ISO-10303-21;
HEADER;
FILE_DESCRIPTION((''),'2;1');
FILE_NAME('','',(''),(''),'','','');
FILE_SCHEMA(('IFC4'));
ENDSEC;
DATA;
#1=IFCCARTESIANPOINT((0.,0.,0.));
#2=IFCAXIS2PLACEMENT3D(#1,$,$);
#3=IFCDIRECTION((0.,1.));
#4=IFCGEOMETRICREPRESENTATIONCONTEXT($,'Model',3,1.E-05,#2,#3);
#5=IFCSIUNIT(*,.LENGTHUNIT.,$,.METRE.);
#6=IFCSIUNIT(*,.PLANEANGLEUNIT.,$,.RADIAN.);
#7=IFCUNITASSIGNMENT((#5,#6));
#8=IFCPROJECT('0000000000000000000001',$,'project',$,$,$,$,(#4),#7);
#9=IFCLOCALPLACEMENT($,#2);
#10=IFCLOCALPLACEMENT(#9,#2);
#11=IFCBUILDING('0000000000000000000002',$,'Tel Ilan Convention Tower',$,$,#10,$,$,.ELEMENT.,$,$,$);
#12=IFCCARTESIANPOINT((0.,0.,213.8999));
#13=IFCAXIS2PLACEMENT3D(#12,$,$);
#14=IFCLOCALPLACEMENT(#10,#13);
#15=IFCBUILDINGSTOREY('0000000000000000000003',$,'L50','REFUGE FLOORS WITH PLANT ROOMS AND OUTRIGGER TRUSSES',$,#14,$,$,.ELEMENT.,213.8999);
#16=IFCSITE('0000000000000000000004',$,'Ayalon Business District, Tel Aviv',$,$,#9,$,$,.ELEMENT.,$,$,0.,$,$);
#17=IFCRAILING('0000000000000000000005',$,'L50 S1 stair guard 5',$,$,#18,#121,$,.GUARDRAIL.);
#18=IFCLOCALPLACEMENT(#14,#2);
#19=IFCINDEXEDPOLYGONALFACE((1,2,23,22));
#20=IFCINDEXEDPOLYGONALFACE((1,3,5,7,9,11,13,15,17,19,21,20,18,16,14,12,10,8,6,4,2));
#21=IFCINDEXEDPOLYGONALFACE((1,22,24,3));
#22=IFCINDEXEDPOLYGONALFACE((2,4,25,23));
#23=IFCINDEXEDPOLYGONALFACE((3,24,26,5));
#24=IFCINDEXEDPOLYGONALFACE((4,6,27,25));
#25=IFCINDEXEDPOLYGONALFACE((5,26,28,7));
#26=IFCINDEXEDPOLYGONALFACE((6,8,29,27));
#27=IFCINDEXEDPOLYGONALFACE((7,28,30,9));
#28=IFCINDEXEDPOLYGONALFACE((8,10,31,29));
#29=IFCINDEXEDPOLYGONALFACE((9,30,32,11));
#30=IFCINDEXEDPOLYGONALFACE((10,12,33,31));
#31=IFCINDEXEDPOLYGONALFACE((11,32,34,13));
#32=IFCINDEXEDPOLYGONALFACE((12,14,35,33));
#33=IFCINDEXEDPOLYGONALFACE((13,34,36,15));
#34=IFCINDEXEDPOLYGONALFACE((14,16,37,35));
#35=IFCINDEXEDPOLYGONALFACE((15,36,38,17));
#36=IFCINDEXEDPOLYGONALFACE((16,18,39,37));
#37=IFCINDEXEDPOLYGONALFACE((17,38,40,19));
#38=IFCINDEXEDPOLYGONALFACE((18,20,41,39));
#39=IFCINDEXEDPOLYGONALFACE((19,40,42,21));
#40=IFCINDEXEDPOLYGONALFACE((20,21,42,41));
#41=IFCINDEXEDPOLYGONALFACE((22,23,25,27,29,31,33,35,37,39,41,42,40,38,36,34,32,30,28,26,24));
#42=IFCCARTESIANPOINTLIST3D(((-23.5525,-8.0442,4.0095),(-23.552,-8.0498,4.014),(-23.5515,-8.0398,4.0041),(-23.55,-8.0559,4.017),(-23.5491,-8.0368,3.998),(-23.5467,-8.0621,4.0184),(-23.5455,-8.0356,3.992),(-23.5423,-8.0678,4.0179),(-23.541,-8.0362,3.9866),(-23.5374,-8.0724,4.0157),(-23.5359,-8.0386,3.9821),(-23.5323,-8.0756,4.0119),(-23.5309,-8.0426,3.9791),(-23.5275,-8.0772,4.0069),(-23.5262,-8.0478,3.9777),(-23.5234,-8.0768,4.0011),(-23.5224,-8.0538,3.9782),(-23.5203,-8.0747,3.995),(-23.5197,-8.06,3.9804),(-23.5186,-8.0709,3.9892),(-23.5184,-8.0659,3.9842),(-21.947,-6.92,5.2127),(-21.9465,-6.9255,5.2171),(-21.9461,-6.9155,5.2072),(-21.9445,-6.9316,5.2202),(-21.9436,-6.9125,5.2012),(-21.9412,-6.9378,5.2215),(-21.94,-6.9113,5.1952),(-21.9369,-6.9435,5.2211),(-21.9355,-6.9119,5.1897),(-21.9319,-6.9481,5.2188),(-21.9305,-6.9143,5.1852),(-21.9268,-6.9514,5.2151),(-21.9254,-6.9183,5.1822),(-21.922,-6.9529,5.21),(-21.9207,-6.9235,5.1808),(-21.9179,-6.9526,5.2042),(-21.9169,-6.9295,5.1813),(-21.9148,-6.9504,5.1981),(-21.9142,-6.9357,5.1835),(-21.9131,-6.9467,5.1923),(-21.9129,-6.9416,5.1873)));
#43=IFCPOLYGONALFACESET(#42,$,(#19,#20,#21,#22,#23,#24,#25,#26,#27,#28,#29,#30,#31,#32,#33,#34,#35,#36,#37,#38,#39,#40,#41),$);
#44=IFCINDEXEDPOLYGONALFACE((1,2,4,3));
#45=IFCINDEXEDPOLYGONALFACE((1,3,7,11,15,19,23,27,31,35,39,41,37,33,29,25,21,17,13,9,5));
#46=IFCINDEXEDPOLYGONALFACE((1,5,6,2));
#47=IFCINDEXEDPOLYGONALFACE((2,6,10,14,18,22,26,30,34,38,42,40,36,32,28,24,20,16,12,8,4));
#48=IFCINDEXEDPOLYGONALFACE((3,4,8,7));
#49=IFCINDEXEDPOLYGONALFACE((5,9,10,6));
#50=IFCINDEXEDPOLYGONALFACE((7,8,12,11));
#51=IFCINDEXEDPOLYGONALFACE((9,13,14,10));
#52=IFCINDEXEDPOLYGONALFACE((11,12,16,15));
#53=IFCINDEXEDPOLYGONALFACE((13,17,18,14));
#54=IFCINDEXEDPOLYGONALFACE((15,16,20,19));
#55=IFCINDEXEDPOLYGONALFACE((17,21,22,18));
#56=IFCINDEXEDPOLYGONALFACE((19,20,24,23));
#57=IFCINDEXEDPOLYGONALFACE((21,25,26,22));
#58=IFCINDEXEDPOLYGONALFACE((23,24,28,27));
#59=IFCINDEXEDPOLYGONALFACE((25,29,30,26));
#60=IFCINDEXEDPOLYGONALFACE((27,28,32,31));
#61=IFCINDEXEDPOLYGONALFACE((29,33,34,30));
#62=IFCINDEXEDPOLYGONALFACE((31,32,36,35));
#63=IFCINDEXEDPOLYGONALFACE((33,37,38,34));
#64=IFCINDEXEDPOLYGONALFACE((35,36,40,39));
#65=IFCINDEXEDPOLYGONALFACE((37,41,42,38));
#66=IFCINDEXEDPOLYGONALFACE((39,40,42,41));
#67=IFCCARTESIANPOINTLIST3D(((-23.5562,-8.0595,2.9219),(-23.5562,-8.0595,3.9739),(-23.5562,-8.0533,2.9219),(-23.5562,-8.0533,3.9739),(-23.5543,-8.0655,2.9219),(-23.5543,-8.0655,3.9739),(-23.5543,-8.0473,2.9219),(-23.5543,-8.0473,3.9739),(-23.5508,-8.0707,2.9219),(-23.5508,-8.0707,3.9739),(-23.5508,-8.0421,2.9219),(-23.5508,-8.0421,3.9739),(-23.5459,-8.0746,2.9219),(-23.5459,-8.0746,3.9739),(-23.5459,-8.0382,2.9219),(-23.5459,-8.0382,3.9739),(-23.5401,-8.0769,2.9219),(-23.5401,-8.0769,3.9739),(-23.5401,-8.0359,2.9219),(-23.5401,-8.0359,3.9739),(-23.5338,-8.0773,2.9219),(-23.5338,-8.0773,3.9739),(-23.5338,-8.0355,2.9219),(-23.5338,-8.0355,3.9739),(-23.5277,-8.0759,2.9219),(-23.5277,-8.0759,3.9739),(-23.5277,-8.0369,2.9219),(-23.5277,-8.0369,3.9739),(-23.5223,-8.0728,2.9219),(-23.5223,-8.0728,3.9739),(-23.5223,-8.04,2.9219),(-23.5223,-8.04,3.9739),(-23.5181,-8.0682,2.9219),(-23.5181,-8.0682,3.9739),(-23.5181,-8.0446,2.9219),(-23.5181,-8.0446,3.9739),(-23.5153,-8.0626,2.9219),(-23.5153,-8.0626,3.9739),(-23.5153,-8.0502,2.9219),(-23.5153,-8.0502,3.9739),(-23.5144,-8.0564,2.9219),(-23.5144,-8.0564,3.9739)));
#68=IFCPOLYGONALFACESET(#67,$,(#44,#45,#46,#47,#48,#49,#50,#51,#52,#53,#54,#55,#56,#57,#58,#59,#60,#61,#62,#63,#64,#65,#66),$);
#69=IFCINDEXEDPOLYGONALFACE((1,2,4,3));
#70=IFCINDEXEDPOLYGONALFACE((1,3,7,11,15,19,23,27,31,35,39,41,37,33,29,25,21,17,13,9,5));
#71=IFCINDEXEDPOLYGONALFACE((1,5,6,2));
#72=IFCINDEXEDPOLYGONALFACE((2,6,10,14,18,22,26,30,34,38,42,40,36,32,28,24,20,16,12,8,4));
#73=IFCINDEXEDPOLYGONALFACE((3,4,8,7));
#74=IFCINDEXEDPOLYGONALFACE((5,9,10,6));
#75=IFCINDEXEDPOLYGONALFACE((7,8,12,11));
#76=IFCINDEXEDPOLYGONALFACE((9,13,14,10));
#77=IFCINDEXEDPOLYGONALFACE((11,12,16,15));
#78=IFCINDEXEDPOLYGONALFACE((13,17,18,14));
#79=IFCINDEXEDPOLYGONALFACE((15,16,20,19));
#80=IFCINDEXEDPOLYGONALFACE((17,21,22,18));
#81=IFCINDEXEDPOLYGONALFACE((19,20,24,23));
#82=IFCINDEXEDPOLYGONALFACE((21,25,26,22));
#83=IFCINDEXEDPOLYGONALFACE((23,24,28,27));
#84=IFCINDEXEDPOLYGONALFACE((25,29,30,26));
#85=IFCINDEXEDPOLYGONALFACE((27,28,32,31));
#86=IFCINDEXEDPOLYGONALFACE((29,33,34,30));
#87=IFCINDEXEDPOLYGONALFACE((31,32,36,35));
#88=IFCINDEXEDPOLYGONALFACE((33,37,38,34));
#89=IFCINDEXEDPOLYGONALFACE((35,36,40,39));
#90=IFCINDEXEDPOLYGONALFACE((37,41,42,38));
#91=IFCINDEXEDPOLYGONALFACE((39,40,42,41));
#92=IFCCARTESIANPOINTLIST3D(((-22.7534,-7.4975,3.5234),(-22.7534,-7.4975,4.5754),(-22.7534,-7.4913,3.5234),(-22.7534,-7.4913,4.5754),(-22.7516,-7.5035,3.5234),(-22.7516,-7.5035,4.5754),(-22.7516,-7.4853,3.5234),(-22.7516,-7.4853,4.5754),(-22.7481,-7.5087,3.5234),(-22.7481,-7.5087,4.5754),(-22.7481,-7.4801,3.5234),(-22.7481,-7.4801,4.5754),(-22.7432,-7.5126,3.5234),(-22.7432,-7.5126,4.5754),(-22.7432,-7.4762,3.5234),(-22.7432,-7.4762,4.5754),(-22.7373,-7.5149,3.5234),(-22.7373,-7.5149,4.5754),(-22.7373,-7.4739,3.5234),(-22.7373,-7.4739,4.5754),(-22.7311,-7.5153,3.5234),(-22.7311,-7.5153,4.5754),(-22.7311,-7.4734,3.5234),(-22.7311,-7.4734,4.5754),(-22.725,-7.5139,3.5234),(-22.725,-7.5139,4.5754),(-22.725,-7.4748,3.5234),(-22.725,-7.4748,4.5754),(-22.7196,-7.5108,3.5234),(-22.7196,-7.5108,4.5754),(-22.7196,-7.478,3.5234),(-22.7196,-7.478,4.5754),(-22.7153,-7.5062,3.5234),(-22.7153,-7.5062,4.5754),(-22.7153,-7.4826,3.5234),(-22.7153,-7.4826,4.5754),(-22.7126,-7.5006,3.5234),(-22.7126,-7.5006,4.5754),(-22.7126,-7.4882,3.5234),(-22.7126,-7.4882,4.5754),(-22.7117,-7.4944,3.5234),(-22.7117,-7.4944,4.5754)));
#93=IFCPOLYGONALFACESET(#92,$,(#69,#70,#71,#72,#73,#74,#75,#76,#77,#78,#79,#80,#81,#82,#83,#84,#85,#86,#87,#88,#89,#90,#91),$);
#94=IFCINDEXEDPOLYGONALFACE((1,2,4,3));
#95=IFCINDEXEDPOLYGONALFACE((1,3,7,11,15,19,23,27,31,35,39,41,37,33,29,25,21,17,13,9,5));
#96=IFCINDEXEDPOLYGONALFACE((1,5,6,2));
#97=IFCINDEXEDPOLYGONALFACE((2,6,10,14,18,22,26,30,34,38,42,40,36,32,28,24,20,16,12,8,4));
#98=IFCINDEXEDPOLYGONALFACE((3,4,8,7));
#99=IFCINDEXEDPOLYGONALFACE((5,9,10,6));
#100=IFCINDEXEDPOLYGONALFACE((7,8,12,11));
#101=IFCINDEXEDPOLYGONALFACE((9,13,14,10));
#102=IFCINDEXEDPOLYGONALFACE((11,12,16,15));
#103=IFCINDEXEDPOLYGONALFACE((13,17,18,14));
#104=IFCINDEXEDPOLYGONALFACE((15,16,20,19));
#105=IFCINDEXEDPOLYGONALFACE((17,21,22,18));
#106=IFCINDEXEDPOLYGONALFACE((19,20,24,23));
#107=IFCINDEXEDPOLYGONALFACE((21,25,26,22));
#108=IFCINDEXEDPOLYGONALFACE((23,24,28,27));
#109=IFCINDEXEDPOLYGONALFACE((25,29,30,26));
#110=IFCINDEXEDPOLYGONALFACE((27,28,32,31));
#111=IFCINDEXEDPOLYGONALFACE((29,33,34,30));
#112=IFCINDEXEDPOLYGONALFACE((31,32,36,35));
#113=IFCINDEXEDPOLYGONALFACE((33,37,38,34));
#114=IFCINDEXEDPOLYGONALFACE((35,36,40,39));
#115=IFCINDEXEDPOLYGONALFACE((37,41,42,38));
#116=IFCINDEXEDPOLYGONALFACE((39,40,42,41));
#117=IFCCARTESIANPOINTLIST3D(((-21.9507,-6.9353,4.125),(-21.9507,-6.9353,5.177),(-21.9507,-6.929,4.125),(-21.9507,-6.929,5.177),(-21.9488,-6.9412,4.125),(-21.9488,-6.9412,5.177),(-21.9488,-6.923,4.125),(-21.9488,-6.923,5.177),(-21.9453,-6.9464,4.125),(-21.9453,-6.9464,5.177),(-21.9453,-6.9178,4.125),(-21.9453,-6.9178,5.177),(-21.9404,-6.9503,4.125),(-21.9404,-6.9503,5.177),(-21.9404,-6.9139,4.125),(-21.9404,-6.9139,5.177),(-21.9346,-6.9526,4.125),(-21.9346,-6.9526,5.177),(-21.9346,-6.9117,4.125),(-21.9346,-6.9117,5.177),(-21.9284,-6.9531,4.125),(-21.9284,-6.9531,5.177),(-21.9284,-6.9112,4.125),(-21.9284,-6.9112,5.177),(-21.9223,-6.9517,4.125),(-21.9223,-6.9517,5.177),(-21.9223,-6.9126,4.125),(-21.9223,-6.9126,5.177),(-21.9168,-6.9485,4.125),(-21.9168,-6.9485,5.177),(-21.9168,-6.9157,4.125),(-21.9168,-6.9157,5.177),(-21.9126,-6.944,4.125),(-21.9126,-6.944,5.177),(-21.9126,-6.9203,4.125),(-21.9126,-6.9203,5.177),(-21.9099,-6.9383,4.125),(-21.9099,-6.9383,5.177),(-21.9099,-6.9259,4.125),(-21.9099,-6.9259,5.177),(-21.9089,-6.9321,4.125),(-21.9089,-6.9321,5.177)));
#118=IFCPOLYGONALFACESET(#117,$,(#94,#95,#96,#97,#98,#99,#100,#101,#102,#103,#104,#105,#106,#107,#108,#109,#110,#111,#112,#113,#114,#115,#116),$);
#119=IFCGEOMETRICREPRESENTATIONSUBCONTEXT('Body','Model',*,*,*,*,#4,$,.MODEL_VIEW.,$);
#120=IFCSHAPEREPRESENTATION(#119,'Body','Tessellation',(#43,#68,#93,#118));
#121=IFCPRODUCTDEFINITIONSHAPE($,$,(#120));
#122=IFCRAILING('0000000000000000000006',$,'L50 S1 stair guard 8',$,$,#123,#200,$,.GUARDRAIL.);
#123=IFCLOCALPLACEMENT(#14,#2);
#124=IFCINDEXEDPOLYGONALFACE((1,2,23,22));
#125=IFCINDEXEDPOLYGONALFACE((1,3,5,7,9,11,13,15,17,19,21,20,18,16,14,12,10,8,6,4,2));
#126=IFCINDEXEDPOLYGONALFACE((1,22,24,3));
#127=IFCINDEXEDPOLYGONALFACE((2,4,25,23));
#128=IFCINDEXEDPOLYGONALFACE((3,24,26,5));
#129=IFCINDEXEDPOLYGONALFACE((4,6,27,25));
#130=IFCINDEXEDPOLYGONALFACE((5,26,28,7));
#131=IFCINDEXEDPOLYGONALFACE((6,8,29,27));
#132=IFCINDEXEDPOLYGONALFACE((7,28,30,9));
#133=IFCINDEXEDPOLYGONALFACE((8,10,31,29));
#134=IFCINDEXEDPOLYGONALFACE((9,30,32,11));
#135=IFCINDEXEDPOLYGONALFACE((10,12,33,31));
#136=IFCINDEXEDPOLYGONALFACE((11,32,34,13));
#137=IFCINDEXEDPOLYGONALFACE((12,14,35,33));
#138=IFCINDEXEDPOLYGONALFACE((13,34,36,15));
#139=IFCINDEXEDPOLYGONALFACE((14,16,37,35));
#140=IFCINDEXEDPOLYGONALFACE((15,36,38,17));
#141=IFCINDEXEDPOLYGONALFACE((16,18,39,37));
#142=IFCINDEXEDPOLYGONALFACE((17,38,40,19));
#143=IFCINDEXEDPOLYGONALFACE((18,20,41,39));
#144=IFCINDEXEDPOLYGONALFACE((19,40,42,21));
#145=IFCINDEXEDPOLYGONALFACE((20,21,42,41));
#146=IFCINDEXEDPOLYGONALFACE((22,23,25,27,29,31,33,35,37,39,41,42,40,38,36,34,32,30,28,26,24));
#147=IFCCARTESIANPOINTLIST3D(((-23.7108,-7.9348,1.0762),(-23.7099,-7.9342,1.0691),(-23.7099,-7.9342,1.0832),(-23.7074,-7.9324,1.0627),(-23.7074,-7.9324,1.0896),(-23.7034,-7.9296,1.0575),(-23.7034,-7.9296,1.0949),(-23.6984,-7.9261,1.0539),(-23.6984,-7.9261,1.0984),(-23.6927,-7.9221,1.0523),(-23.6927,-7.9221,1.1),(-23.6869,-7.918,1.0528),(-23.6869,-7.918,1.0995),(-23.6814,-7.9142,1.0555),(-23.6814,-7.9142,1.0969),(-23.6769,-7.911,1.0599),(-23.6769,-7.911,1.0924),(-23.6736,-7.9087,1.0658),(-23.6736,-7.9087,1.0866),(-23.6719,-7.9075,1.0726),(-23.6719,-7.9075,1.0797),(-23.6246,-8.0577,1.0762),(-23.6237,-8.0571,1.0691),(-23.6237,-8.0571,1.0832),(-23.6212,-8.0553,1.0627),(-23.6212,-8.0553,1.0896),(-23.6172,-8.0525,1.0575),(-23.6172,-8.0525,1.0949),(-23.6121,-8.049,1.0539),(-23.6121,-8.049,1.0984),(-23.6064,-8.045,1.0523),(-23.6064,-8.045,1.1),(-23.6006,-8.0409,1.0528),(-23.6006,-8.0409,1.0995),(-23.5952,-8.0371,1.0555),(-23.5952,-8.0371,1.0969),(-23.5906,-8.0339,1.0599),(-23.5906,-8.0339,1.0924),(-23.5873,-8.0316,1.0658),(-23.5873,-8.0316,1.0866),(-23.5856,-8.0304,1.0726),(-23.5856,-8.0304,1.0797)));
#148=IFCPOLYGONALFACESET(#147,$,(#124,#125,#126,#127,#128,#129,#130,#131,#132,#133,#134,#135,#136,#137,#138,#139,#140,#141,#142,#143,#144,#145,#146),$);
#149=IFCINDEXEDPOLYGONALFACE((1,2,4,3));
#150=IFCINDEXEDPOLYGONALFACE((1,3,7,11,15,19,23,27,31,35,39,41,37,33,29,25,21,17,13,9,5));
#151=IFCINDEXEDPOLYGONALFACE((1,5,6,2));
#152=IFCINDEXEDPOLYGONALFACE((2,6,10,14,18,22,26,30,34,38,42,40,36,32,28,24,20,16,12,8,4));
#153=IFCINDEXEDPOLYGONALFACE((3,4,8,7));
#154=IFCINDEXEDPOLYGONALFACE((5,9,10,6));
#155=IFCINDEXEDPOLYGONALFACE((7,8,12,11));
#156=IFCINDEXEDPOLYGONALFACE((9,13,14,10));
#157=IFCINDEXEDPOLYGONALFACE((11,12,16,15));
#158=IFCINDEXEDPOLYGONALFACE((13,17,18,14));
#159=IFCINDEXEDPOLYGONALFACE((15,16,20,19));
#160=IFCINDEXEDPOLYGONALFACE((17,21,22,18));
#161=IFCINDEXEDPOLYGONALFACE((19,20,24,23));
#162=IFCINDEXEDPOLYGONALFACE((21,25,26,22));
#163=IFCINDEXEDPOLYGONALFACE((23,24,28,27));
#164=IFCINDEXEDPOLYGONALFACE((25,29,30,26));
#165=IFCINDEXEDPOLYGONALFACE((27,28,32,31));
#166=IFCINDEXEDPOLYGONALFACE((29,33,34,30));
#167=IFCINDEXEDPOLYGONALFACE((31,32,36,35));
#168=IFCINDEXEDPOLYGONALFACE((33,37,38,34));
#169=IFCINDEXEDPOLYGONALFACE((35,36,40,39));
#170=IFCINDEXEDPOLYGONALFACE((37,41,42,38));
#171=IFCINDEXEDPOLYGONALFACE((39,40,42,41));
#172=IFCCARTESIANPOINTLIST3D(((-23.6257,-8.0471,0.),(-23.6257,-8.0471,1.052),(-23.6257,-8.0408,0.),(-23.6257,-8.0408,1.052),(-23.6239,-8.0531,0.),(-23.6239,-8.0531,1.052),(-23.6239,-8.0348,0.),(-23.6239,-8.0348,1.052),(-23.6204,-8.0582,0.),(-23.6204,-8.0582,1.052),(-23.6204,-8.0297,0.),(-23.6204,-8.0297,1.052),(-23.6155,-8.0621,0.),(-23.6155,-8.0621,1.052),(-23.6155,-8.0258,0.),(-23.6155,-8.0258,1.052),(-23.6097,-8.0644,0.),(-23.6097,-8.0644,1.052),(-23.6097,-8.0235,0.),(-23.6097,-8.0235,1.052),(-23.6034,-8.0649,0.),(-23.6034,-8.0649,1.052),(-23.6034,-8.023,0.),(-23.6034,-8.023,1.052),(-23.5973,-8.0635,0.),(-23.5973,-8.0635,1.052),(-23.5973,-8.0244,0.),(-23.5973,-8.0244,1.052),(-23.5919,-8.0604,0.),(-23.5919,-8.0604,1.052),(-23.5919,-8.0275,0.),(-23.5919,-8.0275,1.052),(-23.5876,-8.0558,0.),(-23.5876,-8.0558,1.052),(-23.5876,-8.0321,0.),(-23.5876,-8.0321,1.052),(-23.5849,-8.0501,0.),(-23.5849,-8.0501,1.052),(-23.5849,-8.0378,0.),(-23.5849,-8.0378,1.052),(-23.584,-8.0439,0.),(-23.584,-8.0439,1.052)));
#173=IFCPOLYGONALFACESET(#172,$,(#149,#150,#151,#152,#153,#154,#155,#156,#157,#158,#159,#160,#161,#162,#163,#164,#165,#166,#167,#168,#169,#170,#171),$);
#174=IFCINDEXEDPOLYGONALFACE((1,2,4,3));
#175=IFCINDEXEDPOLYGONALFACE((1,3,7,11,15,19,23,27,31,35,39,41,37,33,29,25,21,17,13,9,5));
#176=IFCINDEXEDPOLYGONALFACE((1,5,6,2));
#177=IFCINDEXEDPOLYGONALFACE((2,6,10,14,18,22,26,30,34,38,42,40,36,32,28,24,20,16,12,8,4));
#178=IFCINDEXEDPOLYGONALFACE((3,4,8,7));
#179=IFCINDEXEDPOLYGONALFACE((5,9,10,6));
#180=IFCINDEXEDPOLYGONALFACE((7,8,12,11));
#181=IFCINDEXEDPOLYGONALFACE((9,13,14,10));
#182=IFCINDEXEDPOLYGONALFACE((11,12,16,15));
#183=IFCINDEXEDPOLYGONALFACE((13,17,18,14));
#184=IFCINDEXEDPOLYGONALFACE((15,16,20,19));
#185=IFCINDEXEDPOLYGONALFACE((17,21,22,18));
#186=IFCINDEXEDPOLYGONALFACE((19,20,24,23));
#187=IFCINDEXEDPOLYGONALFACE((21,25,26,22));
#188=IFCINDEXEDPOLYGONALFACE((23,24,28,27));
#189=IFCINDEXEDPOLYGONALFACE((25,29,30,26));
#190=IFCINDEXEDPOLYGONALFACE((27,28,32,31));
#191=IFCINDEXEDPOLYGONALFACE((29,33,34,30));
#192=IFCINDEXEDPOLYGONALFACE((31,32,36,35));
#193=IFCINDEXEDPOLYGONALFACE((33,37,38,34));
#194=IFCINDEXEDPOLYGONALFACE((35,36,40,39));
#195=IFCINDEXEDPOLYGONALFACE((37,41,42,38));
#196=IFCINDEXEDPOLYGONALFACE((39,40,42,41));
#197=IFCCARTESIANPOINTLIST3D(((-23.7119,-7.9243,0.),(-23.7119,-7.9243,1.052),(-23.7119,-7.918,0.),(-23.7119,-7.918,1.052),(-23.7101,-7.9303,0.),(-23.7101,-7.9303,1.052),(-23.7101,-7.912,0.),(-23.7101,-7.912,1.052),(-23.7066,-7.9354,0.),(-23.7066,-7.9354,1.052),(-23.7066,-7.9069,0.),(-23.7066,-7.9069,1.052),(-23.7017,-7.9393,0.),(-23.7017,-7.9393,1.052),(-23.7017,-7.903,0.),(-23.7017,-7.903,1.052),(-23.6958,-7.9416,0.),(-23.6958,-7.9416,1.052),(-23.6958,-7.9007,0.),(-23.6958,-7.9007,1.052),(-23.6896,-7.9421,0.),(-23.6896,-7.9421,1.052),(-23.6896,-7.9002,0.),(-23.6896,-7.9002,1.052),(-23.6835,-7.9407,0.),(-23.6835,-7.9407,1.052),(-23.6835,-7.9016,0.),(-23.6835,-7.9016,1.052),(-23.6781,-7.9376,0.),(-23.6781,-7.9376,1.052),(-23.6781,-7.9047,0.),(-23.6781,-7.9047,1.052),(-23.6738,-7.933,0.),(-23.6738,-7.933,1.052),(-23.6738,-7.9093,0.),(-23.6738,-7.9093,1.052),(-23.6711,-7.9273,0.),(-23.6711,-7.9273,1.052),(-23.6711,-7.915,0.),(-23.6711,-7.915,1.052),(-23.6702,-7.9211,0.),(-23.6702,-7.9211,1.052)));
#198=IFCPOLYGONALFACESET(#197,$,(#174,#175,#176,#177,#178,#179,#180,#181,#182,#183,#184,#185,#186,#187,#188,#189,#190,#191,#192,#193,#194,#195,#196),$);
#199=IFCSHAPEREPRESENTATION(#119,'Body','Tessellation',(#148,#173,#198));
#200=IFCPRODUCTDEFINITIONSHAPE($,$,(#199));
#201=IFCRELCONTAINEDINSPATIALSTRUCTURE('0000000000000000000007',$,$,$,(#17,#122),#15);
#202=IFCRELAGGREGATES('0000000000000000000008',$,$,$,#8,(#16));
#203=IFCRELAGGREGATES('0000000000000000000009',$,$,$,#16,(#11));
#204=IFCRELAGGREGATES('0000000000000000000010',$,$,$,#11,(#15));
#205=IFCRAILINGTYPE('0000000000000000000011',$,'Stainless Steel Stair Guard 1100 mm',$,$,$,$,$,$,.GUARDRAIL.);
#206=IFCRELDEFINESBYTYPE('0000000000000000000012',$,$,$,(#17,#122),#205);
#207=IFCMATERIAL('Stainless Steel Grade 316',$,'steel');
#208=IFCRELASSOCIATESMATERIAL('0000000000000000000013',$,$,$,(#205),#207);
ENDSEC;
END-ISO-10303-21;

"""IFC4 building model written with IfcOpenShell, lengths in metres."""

from ifc_helpers import new_model, si_unit, direction, frame, origin, origin_2d, place, context, subcontext, project, spatial, circle, extrude, material, type_object, element, save


model = new_model("IFC4")

# Units and contexts
model_context = context("Model", 3, precision=1e-05, world=origin(), true_north=direction((0.0, 1.0)))
body_context = subcontext(model_context, "Body", "Model", "MODEL_VIEW")
ifc_project = project(units=[si_unit("LENGTHUNIT", "METRE"), si_unit("PLANEANGLEUNIT", "RADIAN")], contexts=[model_context])

# Site, building, storey
site_placement = place(None, origin())
site = spatial("IfcSite", under=ifc_project, at=site_placement, Name="Ayalon Business District, Tel Aviv", CompositionType="ELEMENT", RefElevation=0.0)
building_placement = place(site_placement, origin())
building = spatial("IfcBuilding", under=site, at=building_placement, Name="Tel Ilan Convention Tower", CompositionType="ELEMENT")
storey_placement = place(building_placement, frame((0.0, 0.0, 213.8999)))
storey = spatial("IfcBuildingStorey", under=building, at=storey_placement, Name="L50", Description="REFUGE FLOORS WITH PLANT ROOMS AND OUTRIGGER TRUSSES", CompositionType="ELEMENT", Elevation=213.8999)

# Railings
ifc_material_1 = material(Name="Stainless Steel Grade 316", Category="steel")
railing_type_1 = type_object("IfcRailingType", Name="Stainless Steel Stair Guard 1100 mm", PredefinedType="GUARDRAIL", material=ifc_material_1)
railing_1_placement = place(storey_placement, frame((-23.5354, -8.0564, 2.9219)))
element("IfcRailing", 1, at=railing_1_placement, inside=storey, type_object=railing_type_1, Name="L50 S1 stair guard 5", PredefinedType="GUARDRAIL", context=body_context, shape_type="SweptSolid", body=[
    extrude(circle(Radius=0.0239, at=origin_2d()), frame((0.0, 0.0, 1.0762), z_axis=(0.698095, 0.488857, 0.523146), x_axis=(-0.573613, 0.819127, 0.0)), (0.0, 0.0, 1.0), 2.2998),
    extrude(circle(Radius=0.021, at=origin_2d()), origin(), (0.0, 0.0, 1.0), 1.052),
    extrude(circle(Radius=0.021, at=origin_2d()), frame((0.8027, 0.562, 0.6016)), (0.0, 0.0, 1.0), 1.052),
    extrude(circle(Radius=0.021, at=origin_2d()), frame((1.6055, 1.1243, 1.2031)), (0.0, 0.0, 1.0), 1.052),
])
railing_2_placement = place(storey_placement, frame((-23.605, -8.0439, 0.0)))
element("IfcRailing", 2, at=railing_2_placement, inside=storey, type_object=railing_type_1, Name="L50 S1 stair guard 8", PredefinedType="GUARDRAIL", context=body_context, shape_type="SweptSolid", body=[
    extrude(circle(Radius=0.0239, at=origin_2d()), frame((0.0, 0.0, 1.0762), z_axis=(-0.574445, 0.818543, 0.0), x_axis=(-0.818543, -0.574445, 0.0)), (0.0, 0.0, 1.0), 0.1501),
    extrude(circle(Radius=0.021, at=origin_2d()), origin(), (0.0, 0.0, 1.0), 1.052),
    extrude(circle(Radius=0.021, at=origin_2d()), frame((-0.0862, 0.1228, 0.0)), (0.0, 0.0, 1.0), 1.052),
])

save(model, "model.ifc")
